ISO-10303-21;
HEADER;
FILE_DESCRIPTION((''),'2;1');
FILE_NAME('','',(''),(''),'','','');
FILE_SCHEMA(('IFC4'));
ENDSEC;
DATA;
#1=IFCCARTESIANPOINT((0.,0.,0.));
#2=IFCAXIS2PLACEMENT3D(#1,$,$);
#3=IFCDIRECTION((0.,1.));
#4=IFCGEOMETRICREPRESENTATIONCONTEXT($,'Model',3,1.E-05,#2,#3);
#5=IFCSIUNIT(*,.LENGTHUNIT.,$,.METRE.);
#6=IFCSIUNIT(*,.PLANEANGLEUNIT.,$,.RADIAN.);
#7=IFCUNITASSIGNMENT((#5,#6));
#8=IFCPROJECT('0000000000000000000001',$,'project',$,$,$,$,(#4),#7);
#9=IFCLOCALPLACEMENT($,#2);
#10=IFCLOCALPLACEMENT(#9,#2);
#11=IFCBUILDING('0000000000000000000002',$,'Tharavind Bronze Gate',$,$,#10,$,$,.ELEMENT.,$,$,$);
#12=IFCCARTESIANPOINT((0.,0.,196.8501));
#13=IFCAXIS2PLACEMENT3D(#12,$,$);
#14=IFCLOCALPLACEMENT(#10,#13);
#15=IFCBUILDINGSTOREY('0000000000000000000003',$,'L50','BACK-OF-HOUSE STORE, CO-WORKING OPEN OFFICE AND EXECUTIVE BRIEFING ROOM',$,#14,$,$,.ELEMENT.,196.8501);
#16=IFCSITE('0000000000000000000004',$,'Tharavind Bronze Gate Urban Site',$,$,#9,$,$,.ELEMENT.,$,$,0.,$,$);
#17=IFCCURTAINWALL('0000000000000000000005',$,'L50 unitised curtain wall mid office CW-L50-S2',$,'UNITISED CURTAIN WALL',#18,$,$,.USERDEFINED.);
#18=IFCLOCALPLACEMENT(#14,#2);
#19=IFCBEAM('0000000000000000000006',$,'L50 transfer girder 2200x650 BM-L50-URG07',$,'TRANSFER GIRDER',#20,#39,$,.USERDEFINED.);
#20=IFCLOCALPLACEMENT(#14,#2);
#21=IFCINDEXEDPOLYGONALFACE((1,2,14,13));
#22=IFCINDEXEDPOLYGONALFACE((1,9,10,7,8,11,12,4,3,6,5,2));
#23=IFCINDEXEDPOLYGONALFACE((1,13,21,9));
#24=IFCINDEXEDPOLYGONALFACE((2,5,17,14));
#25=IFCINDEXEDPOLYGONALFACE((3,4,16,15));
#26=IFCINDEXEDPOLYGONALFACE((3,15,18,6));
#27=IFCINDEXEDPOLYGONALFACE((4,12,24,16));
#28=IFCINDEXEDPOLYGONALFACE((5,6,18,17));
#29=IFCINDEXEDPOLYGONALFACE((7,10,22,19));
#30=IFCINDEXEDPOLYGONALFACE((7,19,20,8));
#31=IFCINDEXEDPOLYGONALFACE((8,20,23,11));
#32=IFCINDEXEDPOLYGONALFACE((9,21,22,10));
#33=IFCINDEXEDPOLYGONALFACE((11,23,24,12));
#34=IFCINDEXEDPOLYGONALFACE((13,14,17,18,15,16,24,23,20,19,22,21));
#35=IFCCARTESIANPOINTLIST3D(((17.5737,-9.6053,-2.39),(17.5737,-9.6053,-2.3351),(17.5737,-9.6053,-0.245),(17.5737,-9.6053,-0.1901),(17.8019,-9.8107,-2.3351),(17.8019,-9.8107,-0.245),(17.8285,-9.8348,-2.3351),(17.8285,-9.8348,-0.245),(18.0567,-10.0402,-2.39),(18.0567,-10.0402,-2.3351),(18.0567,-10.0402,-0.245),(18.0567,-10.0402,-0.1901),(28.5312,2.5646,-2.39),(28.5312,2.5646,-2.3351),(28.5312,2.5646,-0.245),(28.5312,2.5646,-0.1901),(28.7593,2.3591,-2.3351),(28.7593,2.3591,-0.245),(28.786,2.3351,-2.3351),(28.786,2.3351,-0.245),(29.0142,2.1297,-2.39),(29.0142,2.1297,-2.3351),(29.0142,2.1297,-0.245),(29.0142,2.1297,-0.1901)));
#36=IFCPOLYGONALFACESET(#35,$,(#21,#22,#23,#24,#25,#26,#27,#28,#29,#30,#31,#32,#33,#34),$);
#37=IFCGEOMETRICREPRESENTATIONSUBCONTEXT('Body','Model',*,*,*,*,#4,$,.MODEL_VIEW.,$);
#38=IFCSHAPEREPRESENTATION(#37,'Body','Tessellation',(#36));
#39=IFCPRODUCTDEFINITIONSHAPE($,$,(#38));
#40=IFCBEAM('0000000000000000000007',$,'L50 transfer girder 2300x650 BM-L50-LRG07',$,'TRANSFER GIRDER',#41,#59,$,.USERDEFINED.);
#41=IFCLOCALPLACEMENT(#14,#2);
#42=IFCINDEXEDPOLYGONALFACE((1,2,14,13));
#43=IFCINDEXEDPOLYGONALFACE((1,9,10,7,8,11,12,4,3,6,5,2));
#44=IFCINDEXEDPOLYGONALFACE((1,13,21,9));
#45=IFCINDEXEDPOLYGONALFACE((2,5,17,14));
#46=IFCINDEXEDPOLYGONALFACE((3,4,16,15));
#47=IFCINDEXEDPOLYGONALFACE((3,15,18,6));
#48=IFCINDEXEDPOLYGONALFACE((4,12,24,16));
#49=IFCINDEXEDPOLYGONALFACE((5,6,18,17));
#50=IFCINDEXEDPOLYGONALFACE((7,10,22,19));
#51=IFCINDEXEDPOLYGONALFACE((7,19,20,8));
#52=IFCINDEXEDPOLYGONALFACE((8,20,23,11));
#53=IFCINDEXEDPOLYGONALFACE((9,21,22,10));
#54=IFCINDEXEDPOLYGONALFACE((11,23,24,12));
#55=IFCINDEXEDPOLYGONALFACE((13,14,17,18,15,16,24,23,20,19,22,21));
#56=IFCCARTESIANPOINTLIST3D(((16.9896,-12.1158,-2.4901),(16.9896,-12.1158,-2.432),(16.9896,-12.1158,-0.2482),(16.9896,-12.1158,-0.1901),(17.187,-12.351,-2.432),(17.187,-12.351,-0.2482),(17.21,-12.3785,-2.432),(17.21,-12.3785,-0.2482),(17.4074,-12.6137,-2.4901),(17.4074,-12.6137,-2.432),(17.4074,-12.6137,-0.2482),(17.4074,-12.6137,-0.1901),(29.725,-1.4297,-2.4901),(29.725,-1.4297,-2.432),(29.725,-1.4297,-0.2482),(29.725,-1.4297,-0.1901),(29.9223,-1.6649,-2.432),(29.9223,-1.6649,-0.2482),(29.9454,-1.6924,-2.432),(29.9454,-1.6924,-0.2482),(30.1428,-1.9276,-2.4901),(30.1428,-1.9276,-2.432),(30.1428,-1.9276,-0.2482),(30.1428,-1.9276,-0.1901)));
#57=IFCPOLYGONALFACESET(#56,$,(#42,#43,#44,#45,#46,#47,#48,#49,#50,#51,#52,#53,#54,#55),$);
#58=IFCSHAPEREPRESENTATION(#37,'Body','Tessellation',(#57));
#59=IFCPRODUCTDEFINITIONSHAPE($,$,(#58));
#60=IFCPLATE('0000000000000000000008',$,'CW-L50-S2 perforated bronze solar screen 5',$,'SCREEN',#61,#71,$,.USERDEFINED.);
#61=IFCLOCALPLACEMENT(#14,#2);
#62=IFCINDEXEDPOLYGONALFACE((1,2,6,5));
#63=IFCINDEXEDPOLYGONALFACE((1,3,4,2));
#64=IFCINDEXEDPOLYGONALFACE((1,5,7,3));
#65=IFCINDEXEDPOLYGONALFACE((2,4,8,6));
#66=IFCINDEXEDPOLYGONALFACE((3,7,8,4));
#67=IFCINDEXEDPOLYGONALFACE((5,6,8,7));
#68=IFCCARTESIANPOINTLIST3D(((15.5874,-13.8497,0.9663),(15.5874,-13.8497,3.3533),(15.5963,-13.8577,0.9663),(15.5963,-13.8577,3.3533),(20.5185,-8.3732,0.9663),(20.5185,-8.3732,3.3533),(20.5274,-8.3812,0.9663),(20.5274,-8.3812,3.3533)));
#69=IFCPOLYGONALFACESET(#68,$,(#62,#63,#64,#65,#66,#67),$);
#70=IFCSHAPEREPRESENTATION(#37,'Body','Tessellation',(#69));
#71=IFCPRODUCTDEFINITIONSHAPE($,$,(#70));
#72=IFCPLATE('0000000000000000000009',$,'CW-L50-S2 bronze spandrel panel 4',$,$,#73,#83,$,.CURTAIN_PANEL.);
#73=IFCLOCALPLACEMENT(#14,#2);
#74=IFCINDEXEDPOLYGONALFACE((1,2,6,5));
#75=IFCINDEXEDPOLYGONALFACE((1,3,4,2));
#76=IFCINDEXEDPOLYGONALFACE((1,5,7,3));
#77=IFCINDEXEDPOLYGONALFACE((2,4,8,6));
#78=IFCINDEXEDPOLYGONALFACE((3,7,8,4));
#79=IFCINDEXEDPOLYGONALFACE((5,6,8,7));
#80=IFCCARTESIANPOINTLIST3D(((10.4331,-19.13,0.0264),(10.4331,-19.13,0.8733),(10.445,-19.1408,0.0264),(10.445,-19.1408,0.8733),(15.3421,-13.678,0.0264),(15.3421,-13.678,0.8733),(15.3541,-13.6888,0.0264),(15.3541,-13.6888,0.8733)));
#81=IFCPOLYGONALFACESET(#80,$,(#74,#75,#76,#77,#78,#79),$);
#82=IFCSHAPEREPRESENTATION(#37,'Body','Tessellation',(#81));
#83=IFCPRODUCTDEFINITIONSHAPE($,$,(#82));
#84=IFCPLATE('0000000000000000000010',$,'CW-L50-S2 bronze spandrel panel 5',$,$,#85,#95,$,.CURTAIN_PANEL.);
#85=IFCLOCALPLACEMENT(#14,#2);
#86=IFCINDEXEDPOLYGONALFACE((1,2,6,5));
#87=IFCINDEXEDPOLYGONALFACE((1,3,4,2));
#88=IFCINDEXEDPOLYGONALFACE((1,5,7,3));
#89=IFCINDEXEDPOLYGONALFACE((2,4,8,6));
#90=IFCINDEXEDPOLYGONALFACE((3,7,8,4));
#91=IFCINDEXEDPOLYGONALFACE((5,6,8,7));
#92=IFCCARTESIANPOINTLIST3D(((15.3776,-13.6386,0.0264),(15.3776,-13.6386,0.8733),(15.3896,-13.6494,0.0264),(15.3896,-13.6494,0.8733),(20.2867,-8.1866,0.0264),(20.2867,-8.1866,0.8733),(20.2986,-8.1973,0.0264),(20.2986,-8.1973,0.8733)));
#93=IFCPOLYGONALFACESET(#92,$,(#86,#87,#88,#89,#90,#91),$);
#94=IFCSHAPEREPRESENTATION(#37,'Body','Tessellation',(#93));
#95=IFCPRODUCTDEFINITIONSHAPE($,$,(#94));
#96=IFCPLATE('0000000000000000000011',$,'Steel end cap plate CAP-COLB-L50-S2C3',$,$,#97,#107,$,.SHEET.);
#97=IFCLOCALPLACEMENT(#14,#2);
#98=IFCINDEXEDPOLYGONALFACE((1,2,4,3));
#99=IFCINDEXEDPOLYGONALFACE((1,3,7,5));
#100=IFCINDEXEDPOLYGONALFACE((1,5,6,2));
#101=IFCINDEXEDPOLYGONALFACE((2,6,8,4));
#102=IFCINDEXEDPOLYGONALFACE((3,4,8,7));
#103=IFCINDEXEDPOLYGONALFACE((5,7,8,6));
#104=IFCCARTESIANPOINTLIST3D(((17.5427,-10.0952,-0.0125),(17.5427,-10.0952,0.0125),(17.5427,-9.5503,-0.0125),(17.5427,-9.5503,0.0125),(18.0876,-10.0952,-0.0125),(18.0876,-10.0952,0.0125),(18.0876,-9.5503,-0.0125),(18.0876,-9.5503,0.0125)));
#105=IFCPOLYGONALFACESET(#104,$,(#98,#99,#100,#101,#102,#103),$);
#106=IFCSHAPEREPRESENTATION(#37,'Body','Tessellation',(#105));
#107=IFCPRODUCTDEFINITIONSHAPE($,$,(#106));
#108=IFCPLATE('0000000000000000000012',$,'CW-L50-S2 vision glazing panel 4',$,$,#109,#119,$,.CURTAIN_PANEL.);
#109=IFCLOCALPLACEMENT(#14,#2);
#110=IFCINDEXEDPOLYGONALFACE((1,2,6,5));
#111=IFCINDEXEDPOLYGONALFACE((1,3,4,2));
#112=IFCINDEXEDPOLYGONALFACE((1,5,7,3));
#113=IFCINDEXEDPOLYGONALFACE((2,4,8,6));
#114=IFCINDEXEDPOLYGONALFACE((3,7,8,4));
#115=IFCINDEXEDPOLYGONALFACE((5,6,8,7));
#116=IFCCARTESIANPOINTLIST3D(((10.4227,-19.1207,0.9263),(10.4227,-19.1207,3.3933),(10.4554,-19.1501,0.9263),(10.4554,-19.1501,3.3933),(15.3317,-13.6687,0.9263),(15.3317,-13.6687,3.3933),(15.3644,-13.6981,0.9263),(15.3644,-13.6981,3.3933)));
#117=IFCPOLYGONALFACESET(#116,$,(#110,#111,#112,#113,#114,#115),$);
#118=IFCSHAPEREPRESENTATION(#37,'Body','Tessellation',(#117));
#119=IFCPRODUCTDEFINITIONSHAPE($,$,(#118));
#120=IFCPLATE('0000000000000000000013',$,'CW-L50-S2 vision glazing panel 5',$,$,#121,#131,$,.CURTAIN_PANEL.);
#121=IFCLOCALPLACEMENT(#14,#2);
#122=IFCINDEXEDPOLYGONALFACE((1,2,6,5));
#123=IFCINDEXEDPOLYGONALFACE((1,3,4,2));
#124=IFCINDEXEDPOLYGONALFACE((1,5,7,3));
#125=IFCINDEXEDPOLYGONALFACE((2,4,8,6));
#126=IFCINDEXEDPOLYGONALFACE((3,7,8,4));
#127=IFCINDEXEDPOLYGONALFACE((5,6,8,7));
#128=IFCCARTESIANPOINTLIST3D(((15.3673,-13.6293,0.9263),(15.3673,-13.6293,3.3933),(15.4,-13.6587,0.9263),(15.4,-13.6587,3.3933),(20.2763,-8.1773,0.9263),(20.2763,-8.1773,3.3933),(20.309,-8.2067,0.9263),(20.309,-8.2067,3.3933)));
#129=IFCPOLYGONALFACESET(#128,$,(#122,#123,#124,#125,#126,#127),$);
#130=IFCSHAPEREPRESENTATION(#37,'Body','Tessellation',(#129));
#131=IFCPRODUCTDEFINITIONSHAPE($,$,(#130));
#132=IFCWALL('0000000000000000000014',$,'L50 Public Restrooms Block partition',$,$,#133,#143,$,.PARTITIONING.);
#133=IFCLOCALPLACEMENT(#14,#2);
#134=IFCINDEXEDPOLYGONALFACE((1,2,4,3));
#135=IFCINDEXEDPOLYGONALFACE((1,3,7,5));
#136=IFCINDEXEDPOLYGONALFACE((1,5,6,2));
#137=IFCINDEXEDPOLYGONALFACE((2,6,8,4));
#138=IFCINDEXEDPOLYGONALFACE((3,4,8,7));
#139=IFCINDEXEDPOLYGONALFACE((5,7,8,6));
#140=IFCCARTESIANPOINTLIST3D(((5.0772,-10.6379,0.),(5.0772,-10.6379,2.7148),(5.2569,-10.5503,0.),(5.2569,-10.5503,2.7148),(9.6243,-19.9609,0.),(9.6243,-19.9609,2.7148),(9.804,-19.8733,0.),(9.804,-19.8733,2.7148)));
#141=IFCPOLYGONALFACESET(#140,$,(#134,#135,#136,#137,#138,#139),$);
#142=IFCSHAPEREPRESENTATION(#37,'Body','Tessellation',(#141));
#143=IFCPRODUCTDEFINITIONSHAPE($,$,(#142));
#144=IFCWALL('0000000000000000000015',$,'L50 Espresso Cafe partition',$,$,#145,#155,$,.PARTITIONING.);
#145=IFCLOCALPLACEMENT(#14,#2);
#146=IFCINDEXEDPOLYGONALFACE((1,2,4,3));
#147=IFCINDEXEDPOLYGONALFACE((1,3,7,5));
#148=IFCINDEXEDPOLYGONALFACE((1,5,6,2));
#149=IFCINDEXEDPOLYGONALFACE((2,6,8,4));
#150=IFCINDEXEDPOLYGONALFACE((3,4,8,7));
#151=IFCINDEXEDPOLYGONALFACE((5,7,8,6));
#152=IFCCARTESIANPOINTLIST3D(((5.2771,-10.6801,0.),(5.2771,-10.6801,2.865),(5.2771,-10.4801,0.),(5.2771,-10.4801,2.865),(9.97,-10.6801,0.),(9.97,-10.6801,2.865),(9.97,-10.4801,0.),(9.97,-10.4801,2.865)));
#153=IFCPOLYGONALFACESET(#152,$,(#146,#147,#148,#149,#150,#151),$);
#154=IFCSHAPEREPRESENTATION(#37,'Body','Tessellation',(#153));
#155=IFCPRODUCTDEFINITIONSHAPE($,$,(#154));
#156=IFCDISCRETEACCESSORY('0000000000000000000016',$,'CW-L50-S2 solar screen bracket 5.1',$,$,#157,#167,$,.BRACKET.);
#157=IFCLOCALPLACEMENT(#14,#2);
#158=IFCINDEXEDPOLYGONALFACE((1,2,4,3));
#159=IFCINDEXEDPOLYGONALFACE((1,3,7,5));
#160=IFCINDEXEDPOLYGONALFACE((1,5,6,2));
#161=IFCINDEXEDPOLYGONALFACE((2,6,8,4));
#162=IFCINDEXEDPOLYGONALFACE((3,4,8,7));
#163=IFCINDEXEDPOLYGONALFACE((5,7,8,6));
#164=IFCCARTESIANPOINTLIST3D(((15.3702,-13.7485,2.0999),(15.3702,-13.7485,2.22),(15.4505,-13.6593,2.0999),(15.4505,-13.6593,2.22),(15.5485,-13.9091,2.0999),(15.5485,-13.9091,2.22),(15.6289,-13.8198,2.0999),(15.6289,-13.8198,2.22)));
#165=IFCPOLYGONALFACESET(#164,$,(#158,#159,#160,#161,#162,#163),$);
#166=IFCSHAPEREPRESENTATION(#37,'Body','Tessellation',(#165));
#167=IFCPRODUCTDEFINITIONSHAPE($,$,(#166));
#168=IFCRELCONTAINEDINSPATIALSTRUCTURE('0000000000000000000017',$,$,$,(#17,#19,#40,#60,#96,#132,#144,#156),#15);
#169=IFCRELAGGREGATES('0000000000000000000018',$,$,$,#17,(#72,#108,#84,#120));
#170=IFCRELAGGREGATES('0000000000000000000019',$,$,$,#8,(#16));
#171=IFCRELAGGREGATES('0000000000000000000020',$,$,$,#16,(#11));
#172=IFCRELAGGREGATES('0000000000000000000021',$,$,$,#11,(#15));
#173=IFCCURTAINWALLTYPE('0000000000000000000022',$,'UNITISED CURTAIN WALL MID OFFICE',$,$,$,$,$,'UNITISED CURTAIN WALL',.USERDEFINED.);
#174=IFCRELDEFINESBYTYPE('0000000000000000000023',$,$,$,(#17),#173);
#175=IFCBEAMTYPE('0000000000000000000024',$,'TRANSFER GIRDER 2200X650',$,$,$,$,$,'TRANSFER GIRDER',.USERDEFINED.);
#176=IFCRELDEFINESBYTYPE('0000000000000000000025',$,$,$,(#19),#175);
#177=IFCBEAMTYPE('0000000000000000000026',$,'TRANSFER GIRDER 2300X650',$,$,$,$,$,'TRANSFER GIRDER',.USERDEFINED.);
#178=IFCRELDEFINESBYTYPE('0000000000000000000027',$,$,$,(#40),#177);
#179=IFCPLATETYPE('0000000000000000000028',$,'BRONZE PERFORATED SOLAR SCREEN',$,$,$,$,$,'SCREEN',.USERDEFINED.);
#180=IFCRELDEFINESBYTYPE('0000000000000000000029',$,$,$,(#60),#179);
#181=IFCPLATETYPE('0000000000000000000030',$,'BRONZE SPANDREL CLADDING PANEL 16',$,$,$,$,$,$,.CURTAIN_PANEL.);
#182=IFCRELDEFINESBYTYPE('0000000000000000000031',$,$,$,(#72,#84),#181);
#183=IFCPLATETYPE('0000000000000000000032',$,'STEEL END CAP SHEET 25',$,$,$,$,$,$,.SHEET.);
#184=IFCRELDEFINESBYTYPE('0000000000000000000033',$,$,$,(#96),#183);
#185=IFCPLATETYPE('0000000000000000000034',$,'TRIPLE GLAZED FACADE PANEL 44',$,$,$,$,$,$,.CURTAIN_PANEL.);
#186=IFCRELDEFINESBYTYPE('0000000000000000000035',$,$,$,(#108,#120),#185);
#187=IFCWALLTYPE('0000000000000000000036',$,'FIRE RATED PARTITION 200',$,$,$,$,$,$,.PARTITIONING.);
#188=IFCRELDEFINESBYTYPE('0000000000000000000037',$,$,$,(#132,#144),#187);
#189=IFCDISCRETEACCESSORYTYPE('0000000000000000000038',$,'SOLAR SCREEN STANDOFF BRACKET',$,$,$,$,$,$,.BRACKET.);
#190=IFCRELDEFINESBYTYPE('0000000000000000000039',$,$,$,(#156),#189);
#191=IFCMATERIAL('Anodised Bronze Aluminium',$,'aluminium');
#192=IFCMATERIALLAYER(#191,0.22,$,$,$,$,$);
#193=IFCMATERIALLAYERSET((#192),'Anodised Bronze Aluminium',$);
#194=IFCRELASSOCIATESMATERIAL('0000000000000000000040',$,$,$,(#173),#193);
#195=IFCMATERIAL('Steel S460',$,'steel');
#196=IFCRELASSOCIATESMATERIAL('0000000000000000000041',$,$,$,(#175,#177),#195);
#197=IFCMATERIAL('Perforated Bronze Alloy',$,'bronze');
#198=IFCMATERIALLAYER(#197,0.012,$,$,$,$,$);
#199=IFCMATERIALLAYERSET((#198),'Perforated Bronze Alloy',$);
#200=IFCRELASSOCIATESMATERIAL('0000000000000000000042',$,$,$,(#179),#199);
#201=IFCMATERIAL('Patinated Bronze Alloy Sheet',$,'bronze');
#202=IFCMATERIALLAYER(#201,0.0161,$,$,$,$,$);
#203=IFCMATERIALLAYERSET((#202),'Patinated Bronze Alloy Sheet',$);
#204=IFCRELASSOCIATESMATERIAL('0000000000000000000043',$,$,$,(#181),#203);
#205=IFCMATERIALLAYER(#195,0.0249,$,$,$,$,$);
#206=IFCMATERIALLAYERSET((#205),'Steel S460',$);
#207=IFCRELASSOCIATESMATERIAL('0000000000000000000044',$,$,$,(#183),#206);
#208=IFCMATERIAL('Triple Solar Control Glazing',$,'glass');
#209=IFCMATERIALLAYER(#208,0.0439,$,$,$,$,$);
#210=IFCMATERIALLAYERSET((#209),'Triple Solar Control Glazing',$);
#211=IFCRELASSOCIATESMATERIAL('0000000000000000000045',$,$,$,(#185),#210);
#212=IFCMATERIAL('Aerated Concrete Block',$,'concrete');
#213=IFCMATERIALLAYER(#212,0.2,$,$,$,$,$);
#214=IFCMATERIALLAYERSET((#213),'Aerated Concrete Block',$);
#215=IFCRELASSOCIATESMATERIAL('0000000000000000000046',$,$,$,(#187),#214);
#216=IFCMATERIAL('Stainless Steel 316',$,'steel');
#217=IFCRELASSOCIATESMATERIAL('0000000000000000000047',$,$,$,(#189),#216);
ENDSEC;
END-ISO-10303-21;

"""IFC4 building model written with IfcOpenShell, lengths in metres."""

from ifc_helpers import new_model, si_unit, direction, frame, frame_2d, origin, origin_2d, place, context, subcontext, project, spatial, rectangle, i_section, extrude, material, layer, layer_set, material_profile, profile_set, type_object, element, aggregate, save


model = new_model("IFC4")

# Units and contexts
model_context = context("Model", 3, precision=1e-05, world=origin(), true_north=direction((0.0, 1.0)))
body_context = subcontext(model_context, "Body", "Model", "MODEL_VIEW")
ifc_project = project(units=[si_unit("LENGTHUNIT", "METRE"), si_unit("PLANEANGLEUNIT", "RADIAN")], contexts=[model_context])

# Site, building, storey
site_placement = place(None, origin())
site = spatial("IfcSite", under=ifc_project, at=site_placement, Name="Tharavind Bronze Gate Urban Site", CompositionType="ELEMENT", RefElevation=0.0)
building_placement = place(site_placement, origin())
building = spatial("IfcBuilding", under=site, at=building_placement, Name="Tharavind Bronze Gate", CompositionType="ELEMENT")
storey_placement = place(building_placement, frame((0.0, 0.0, 196.8501)))
storey = spatial("IfcBuildingStorey", under=building, at=storey_placement, Name="L50", Description="BACK-OF-HOUSE STORE, CO-WORKING OPEN OFFICE AND EXECUTIVE BRIEFING ROOM", CompositionType="ELEMENT", Elevation=196.8501)

# Shared definitions
ifc_material_1 = material(Name="Steel S460", Category="steel")

# Curtain wall
ifc_material_2 = material(Name="Anodised Bronze Aluminium", Category="aluminium")
ifc_layer_1 = layer(ifc_material_2, 0.22)
ifc_layer_set_1 = layer_set([ifc_layer_1], Name="Anodised Bronze Aluminium")
curtain_wall_type = type_object("IfcCurtainWallType", Name="UNITISED CURTAIN WALL MID OFFICE", ElementType="UNITISED CURTAIN WALL", PredefinedType="USERDEFINED", material=ifc_layer_set_1)
curtain_wall_placement = place(storey_placement, origin())
curtain_wall = element("IfcCurtainWall", 1, at=curtain_wall_placement, inside=storey, type_object=curtain_wall_type, Name="L50 unitised curtain wall mid office CW-L50-S2", ObjectType="UNITISED CURTAIN WALL", PredefinedType="USERDEFINED")

# Beams
ifc_material_profile_1 = material_profile(ifc_material_1, i_section(OverallWidth=0.6499, OverallDepth=2.2, WebThickness=0.0359, FlangeThickness=0.0549, at=origin_2d()), Name="PG2200X650")
ifc_profile_set_1 = profile_set([ifc_material_profile_1], Name="Steel S460")
beam_type_1 = type_object("IfcBeamType", Name="TRANSFER GIRDER 2200X650", ElementType="TRANSFER GIRDER", PredefinedType="USERDEFINED", material=ifc_profile_set_1)
beam_1_placement = place(storey_placement, frame((17.8152, -9.8228, -1.29), z_axis=(0.66912, 0.743155, 0.0), x_axis=(-0.743155, 0.66912, 0.0)))
element("IfcBeam", 2, at=beam_1_placement, inside=storey, type_object=beam_type_1, Name="L50 transfer girder 2200x650 BM-L50-URG07", ObjectType="TRANSFER GIRDER", PredefinedType="USERDEFINED", context=body_context, shape_type="SweptSolid", body=[
    extrude(i_section(OverallWidth=0.6499, OverallDepth=2.2, WebThickness=0.0359, FlangeThickness=0.0549, at=origin_2d()), origin(), (0.0, 0.0, 1.0), 16.376),
])
ifc_material_profile_2 = material_profile(ifc_material_1, i_section(OverallWidth=0.6499, OverallDepth=2.3, WebThickness=0.0359, FlangeThickness=0.0581, at=origin_2d()), Name="PG2300X650")
ifc_profile_set_2 = profile_set([ifc_material_profile_2], Name="Steel S460")
beam_type_2 = type_object("IfcBeamType", Name="TRANSFER GIRDER 2300X650", ElementType="TRANSFER GIRDER", PredefinedType="USERDEFINED", material=ifc_profile_set_2)
beam_2_placement = place(storey_placement, frame((17.1985, -12.3647, -1.3401), z_axis=(0.76605, 0.642781, 0.0), x_axis=(-0.642781, 0.76605, 0.0)))
element("IfcBeam", 3, at=beam_2_placement, inside=storey, type_object=beam_type_2, Name="L50 transfer girder 2300x650 BM-L50-LRG07", ObjectType="TRANSFER GIRDER", PredefinedType="USERDEFINED", context=body_context, shape_type="SweptSolid", body=[
    extrude(i_section(OverallWidth=0.6499, OverallDepth=2.3, WebThickness=0.0359, FlangeThickness=0.0581, at=origin_2d()), origin(), (0.0, 0.0, 1.0), 16.6248),
])

# Plates
ifc_material_3 = material(Name="Perforated Bronze Alloy", Category="bronze")
ifc_layer_2 = layer(ifc_material_3, 0.012)
ifc_layer_set_2 = layer_set([ifc_layer_2], Name="Perforated Bronze Alloy")
plate_type_1 = type_object("IfcPlateType", Name="BRONZE PERFORATED SOLAR SCREEN", ElementType="SCREEN", PredefinedType="USERDEFINED", material=ifc_layer_set_2)
plate_1_placement = place(storey_placement, frame((18.0574, -11.1155, 0.9663), z_axis=(0.0, 0.0, 1.0), x_axis=(0.669131, 0.743145, 0.0)))
element("IfcPlate", 4, at=plate_1_placement, inside=storey, type_object=plate_type_1, Name="CW-L50-S2 perforated bronze solar screen 5", ObjectType="SCREEN", PredefinedType="USERDEFINED", context=body_context, shape_type="SweptSolid", body=[
    extrude(rectangle(XDim=7.3694, YDim=0.012, at=origin_2d()), origin(), (0.0, 0.0, 1.0), 2.387),
])
ifc_material_4 = material(Name="Patinated Bronze Alloy Sheet", Category="bronze")
ifc_layer_3 = layer(ifc_material_4, 0.0161)
ifc_layer_set_3 = layer_set([ifc_layer_3], Name="Patinated Bronze Alloy Sheet")
plate_type_2 = type_object("IfcPlateType", Name="BRONZE SPANDREL CLADDING PANEL 16", PredefinedType="CURTAIN_PANEL", material=ifc_layer_set_3)
plate_2_placement = place(storey_placement, frame((12.8936, -16.4094, 0.0264), z_axis=(0.0, 0.0, 1.0), x_axis=(0.669131, 0.743145, 0.0)))
plate_2 = element("IfcPlate", 5, at=plate_2_placement, type_object=plate_type_2, Name="CW-L50-S2 bronze spandrel panel 4", PredefinedType="CURTAIN_PANEL", context=body_context, shape_type="SweptSolid", body=[
    extrude(rectangle(XDim=7.3364, YDim=0.0161, at=origin_2d()), origin(), (0.0, 0.0, 1.0), 0.8469),
])
plate_3_placement = place(storey_placement, frame((17.8381, -10.918, 0.0264), z_axis=(0.0, 0.0, 1.0), x_axis=(0.669131, 0.743145, 0.0)))
plate_3 = element("IfcPlate", 6, at=plate_3_placement, type_object=plate_type_2, Name="CW-L50-S2 bronze spandrel panel 5", PredefinedType="CURTAIN_PANEL", context=body_context, shape_type="SweptSolid", body=[
    extrude(rectangle(XDim=7.3364, YDim=0.0161, at=origin_2d()), origin(), (0.0, 0.0, 1.0), 0.8469),
])
ifc_layer_4 = layer(ifc_material_1, 0.0249)
ifc_layer_set_4 = layer_set([ifc_layer_4], Name="Steel S460")
plate_type_3 = type_object("IfcPlateType", Name="STEEL END CAP SHEET 25", PredefinedType="SHEET", material=ifc_layer_set_4)
plate_4_placement = place(storey_placement, frame((17.8152, -9.8228, -0.0125), z_axis=(0.0, 0.0, 1.0), x_axis=(1.0, 0.0, 0.0)))
element("IfcPlate", 7, at=plate_4_placement, inside=storey, type_object=plate_type_3, Name="Steel end cap plate CAP-COLB-L50-S2C3", PredefinedType="SHEET", context=body_context, shape_type="SweptSolid", body=[
    extrude(rectangle(XDim=0.5449, YDim=0.5449, at=origin_2d()), origin(), (0.0, 0.0, 1.0), 0.0249),
])
ifc_material_5 = material(Name="Triple Solar Control Glazing", Category="glass")
ifc_layer_5 = layer(ifc_material_5, 0.0439)
ifc_layer_set_5 = layer_set([ifc_layer_5], Name="Triple Solar Control Glazing")
plate_type_4 = type_object("IfcPlateType", Name="TRIPLE GLAZED FACADE PANEL 44", PredefinedType="CURTAIN_PANEL", material=ifc_layer_set_5)
plate_5_placement = place(storey_placement, frame((12.8936, -16.4094, 0.9263), z_axis=(0.0, 0.0, 1.0), x_axis=(0.669131, 0.743145, 0.0)))
plate_5 = element("IfcPlate", 8, at=plate_5_placement, type_object=plate_type_4, Name="CW-L50-S2 vision glazing panel 4", PredefinedType="CURTAIN_PANEL", context=body_context, shape_type="SweptSolid", body=[
    extrude(rectangle(XDim=7.3364, YDim=0.0439, at=origin_2d()), origin(), (0.0, 0.0, 1.0), 2.467),
])
plate_6_placement = place(storey_placement, frame((17.8381, -10.918, 0.9263), z_axis=(0.0, 0.0, 1.0), x_axis=(0.669131, 0.743145, 0.0)))
plate_6 = element("IfcPlate", 9, at=plate_6_placement, type_object=plate_type_4, Name="CW-L50-S2 vision glazing panel 5", PredefinedType="CURTAIN_PANEL", context=body_context, shape_type="SweptSolid", body=[
    extrude(rectangle(XDim=7.3364, YDim=0.0439, at=origin_2d()), origin(), (0.0, 0.0, 1.0), 2.467),
])
aggregate(curtain_wall, [plate_2, plate_5, plate_3, plate_6])

# Walls
ifc_material_6 = material(Name="Aerated Concrete Block", Category="concrete")
ifc_layer_6 = layer(ifc_material_6, 0.2)
ifc_layer_set_6 = layer_set([ifc_layer_6], Name="Aerated Concrete Block")
wall_type = type_object("IfcWallType", Name="FIRE RATED PARTITION 200", PredefinedType="PARTITIONING", material=ifc_layer_set_6)
wall_1_placement = place(storey_placement, frame((5.167, -10.594, 0.0), z_axis=(0.0, 0.0, 1.0), x_axis=(0.43837, -0.898794, 0.0)))
element("IfcWall", 10, at=wall_1_placement, inside=storey, type_object=wall_type, Name="L50 Public Restrooms Block partition", PredefinedType="PARTITIONING", context=body_context, shape_type="SweptSolid", body=[
    extrude(rectangle(XDim=10.3728, YDim=0.2, at=frame_2d((5.1865, 0.0))), origin(), (0.0, 0.0, 1.0), 2.7148),
])
wall_2_placement = place(storey_placement, frame((5.2771, -10.5801, 0.0), z_axis=(0.0, 0.0, 1.0), x_axis=(1.0, 0.0, 0.0)))
element("IfcWall", 11, at=wall_2_placement, inside=storey, type_object=wall_type, Name="L50 Espresso Cafe partition", PredefinedType="PARTITIONING", context=body_context, shape_type="SweptSolid", body=[
    extrude(rectangle(XDim=4.6929, YDim=0.2, at=frame_2d((2.3464, 0.0))), origin(), (0.0, 0.0, 1.0), 2.865),
])

# Discrete accessory
ifc_material_7 = material(Name="Stainless Steel 316", Category="steel")
discrete_accessory_type = type_object("IfcDiscreteAccessoryType", Name="SOLAR SCREEN STANDOFF BRACKET", PredefinedType="BRACKET", material=ifc_material_7)
discrete_accessory_placement = place(storey_placement, frame((15.4995, -13.7842, 2.0999), z_axis=(0.0, 0.0, 1.0), x_axis=(0.669131, 0.743145, 0.0)))
element("IfcDiscreteAccessory", 12, at=discrete_accessory_placement, inside=storey, type_object=discrete_accessory_type, Name="CW-L50-S2 solar screen bracket 5.1", PredefinedType="BRACKET", context=body_context, shape_type="SweptSolid", body=[
    extrude(rectangle(XDim=0.1201, YDim=0.24, at=origin_2d()), origin(), (0.0, 0.0, 1.0), 0.1201),
])

save(model, "model.ifc")
